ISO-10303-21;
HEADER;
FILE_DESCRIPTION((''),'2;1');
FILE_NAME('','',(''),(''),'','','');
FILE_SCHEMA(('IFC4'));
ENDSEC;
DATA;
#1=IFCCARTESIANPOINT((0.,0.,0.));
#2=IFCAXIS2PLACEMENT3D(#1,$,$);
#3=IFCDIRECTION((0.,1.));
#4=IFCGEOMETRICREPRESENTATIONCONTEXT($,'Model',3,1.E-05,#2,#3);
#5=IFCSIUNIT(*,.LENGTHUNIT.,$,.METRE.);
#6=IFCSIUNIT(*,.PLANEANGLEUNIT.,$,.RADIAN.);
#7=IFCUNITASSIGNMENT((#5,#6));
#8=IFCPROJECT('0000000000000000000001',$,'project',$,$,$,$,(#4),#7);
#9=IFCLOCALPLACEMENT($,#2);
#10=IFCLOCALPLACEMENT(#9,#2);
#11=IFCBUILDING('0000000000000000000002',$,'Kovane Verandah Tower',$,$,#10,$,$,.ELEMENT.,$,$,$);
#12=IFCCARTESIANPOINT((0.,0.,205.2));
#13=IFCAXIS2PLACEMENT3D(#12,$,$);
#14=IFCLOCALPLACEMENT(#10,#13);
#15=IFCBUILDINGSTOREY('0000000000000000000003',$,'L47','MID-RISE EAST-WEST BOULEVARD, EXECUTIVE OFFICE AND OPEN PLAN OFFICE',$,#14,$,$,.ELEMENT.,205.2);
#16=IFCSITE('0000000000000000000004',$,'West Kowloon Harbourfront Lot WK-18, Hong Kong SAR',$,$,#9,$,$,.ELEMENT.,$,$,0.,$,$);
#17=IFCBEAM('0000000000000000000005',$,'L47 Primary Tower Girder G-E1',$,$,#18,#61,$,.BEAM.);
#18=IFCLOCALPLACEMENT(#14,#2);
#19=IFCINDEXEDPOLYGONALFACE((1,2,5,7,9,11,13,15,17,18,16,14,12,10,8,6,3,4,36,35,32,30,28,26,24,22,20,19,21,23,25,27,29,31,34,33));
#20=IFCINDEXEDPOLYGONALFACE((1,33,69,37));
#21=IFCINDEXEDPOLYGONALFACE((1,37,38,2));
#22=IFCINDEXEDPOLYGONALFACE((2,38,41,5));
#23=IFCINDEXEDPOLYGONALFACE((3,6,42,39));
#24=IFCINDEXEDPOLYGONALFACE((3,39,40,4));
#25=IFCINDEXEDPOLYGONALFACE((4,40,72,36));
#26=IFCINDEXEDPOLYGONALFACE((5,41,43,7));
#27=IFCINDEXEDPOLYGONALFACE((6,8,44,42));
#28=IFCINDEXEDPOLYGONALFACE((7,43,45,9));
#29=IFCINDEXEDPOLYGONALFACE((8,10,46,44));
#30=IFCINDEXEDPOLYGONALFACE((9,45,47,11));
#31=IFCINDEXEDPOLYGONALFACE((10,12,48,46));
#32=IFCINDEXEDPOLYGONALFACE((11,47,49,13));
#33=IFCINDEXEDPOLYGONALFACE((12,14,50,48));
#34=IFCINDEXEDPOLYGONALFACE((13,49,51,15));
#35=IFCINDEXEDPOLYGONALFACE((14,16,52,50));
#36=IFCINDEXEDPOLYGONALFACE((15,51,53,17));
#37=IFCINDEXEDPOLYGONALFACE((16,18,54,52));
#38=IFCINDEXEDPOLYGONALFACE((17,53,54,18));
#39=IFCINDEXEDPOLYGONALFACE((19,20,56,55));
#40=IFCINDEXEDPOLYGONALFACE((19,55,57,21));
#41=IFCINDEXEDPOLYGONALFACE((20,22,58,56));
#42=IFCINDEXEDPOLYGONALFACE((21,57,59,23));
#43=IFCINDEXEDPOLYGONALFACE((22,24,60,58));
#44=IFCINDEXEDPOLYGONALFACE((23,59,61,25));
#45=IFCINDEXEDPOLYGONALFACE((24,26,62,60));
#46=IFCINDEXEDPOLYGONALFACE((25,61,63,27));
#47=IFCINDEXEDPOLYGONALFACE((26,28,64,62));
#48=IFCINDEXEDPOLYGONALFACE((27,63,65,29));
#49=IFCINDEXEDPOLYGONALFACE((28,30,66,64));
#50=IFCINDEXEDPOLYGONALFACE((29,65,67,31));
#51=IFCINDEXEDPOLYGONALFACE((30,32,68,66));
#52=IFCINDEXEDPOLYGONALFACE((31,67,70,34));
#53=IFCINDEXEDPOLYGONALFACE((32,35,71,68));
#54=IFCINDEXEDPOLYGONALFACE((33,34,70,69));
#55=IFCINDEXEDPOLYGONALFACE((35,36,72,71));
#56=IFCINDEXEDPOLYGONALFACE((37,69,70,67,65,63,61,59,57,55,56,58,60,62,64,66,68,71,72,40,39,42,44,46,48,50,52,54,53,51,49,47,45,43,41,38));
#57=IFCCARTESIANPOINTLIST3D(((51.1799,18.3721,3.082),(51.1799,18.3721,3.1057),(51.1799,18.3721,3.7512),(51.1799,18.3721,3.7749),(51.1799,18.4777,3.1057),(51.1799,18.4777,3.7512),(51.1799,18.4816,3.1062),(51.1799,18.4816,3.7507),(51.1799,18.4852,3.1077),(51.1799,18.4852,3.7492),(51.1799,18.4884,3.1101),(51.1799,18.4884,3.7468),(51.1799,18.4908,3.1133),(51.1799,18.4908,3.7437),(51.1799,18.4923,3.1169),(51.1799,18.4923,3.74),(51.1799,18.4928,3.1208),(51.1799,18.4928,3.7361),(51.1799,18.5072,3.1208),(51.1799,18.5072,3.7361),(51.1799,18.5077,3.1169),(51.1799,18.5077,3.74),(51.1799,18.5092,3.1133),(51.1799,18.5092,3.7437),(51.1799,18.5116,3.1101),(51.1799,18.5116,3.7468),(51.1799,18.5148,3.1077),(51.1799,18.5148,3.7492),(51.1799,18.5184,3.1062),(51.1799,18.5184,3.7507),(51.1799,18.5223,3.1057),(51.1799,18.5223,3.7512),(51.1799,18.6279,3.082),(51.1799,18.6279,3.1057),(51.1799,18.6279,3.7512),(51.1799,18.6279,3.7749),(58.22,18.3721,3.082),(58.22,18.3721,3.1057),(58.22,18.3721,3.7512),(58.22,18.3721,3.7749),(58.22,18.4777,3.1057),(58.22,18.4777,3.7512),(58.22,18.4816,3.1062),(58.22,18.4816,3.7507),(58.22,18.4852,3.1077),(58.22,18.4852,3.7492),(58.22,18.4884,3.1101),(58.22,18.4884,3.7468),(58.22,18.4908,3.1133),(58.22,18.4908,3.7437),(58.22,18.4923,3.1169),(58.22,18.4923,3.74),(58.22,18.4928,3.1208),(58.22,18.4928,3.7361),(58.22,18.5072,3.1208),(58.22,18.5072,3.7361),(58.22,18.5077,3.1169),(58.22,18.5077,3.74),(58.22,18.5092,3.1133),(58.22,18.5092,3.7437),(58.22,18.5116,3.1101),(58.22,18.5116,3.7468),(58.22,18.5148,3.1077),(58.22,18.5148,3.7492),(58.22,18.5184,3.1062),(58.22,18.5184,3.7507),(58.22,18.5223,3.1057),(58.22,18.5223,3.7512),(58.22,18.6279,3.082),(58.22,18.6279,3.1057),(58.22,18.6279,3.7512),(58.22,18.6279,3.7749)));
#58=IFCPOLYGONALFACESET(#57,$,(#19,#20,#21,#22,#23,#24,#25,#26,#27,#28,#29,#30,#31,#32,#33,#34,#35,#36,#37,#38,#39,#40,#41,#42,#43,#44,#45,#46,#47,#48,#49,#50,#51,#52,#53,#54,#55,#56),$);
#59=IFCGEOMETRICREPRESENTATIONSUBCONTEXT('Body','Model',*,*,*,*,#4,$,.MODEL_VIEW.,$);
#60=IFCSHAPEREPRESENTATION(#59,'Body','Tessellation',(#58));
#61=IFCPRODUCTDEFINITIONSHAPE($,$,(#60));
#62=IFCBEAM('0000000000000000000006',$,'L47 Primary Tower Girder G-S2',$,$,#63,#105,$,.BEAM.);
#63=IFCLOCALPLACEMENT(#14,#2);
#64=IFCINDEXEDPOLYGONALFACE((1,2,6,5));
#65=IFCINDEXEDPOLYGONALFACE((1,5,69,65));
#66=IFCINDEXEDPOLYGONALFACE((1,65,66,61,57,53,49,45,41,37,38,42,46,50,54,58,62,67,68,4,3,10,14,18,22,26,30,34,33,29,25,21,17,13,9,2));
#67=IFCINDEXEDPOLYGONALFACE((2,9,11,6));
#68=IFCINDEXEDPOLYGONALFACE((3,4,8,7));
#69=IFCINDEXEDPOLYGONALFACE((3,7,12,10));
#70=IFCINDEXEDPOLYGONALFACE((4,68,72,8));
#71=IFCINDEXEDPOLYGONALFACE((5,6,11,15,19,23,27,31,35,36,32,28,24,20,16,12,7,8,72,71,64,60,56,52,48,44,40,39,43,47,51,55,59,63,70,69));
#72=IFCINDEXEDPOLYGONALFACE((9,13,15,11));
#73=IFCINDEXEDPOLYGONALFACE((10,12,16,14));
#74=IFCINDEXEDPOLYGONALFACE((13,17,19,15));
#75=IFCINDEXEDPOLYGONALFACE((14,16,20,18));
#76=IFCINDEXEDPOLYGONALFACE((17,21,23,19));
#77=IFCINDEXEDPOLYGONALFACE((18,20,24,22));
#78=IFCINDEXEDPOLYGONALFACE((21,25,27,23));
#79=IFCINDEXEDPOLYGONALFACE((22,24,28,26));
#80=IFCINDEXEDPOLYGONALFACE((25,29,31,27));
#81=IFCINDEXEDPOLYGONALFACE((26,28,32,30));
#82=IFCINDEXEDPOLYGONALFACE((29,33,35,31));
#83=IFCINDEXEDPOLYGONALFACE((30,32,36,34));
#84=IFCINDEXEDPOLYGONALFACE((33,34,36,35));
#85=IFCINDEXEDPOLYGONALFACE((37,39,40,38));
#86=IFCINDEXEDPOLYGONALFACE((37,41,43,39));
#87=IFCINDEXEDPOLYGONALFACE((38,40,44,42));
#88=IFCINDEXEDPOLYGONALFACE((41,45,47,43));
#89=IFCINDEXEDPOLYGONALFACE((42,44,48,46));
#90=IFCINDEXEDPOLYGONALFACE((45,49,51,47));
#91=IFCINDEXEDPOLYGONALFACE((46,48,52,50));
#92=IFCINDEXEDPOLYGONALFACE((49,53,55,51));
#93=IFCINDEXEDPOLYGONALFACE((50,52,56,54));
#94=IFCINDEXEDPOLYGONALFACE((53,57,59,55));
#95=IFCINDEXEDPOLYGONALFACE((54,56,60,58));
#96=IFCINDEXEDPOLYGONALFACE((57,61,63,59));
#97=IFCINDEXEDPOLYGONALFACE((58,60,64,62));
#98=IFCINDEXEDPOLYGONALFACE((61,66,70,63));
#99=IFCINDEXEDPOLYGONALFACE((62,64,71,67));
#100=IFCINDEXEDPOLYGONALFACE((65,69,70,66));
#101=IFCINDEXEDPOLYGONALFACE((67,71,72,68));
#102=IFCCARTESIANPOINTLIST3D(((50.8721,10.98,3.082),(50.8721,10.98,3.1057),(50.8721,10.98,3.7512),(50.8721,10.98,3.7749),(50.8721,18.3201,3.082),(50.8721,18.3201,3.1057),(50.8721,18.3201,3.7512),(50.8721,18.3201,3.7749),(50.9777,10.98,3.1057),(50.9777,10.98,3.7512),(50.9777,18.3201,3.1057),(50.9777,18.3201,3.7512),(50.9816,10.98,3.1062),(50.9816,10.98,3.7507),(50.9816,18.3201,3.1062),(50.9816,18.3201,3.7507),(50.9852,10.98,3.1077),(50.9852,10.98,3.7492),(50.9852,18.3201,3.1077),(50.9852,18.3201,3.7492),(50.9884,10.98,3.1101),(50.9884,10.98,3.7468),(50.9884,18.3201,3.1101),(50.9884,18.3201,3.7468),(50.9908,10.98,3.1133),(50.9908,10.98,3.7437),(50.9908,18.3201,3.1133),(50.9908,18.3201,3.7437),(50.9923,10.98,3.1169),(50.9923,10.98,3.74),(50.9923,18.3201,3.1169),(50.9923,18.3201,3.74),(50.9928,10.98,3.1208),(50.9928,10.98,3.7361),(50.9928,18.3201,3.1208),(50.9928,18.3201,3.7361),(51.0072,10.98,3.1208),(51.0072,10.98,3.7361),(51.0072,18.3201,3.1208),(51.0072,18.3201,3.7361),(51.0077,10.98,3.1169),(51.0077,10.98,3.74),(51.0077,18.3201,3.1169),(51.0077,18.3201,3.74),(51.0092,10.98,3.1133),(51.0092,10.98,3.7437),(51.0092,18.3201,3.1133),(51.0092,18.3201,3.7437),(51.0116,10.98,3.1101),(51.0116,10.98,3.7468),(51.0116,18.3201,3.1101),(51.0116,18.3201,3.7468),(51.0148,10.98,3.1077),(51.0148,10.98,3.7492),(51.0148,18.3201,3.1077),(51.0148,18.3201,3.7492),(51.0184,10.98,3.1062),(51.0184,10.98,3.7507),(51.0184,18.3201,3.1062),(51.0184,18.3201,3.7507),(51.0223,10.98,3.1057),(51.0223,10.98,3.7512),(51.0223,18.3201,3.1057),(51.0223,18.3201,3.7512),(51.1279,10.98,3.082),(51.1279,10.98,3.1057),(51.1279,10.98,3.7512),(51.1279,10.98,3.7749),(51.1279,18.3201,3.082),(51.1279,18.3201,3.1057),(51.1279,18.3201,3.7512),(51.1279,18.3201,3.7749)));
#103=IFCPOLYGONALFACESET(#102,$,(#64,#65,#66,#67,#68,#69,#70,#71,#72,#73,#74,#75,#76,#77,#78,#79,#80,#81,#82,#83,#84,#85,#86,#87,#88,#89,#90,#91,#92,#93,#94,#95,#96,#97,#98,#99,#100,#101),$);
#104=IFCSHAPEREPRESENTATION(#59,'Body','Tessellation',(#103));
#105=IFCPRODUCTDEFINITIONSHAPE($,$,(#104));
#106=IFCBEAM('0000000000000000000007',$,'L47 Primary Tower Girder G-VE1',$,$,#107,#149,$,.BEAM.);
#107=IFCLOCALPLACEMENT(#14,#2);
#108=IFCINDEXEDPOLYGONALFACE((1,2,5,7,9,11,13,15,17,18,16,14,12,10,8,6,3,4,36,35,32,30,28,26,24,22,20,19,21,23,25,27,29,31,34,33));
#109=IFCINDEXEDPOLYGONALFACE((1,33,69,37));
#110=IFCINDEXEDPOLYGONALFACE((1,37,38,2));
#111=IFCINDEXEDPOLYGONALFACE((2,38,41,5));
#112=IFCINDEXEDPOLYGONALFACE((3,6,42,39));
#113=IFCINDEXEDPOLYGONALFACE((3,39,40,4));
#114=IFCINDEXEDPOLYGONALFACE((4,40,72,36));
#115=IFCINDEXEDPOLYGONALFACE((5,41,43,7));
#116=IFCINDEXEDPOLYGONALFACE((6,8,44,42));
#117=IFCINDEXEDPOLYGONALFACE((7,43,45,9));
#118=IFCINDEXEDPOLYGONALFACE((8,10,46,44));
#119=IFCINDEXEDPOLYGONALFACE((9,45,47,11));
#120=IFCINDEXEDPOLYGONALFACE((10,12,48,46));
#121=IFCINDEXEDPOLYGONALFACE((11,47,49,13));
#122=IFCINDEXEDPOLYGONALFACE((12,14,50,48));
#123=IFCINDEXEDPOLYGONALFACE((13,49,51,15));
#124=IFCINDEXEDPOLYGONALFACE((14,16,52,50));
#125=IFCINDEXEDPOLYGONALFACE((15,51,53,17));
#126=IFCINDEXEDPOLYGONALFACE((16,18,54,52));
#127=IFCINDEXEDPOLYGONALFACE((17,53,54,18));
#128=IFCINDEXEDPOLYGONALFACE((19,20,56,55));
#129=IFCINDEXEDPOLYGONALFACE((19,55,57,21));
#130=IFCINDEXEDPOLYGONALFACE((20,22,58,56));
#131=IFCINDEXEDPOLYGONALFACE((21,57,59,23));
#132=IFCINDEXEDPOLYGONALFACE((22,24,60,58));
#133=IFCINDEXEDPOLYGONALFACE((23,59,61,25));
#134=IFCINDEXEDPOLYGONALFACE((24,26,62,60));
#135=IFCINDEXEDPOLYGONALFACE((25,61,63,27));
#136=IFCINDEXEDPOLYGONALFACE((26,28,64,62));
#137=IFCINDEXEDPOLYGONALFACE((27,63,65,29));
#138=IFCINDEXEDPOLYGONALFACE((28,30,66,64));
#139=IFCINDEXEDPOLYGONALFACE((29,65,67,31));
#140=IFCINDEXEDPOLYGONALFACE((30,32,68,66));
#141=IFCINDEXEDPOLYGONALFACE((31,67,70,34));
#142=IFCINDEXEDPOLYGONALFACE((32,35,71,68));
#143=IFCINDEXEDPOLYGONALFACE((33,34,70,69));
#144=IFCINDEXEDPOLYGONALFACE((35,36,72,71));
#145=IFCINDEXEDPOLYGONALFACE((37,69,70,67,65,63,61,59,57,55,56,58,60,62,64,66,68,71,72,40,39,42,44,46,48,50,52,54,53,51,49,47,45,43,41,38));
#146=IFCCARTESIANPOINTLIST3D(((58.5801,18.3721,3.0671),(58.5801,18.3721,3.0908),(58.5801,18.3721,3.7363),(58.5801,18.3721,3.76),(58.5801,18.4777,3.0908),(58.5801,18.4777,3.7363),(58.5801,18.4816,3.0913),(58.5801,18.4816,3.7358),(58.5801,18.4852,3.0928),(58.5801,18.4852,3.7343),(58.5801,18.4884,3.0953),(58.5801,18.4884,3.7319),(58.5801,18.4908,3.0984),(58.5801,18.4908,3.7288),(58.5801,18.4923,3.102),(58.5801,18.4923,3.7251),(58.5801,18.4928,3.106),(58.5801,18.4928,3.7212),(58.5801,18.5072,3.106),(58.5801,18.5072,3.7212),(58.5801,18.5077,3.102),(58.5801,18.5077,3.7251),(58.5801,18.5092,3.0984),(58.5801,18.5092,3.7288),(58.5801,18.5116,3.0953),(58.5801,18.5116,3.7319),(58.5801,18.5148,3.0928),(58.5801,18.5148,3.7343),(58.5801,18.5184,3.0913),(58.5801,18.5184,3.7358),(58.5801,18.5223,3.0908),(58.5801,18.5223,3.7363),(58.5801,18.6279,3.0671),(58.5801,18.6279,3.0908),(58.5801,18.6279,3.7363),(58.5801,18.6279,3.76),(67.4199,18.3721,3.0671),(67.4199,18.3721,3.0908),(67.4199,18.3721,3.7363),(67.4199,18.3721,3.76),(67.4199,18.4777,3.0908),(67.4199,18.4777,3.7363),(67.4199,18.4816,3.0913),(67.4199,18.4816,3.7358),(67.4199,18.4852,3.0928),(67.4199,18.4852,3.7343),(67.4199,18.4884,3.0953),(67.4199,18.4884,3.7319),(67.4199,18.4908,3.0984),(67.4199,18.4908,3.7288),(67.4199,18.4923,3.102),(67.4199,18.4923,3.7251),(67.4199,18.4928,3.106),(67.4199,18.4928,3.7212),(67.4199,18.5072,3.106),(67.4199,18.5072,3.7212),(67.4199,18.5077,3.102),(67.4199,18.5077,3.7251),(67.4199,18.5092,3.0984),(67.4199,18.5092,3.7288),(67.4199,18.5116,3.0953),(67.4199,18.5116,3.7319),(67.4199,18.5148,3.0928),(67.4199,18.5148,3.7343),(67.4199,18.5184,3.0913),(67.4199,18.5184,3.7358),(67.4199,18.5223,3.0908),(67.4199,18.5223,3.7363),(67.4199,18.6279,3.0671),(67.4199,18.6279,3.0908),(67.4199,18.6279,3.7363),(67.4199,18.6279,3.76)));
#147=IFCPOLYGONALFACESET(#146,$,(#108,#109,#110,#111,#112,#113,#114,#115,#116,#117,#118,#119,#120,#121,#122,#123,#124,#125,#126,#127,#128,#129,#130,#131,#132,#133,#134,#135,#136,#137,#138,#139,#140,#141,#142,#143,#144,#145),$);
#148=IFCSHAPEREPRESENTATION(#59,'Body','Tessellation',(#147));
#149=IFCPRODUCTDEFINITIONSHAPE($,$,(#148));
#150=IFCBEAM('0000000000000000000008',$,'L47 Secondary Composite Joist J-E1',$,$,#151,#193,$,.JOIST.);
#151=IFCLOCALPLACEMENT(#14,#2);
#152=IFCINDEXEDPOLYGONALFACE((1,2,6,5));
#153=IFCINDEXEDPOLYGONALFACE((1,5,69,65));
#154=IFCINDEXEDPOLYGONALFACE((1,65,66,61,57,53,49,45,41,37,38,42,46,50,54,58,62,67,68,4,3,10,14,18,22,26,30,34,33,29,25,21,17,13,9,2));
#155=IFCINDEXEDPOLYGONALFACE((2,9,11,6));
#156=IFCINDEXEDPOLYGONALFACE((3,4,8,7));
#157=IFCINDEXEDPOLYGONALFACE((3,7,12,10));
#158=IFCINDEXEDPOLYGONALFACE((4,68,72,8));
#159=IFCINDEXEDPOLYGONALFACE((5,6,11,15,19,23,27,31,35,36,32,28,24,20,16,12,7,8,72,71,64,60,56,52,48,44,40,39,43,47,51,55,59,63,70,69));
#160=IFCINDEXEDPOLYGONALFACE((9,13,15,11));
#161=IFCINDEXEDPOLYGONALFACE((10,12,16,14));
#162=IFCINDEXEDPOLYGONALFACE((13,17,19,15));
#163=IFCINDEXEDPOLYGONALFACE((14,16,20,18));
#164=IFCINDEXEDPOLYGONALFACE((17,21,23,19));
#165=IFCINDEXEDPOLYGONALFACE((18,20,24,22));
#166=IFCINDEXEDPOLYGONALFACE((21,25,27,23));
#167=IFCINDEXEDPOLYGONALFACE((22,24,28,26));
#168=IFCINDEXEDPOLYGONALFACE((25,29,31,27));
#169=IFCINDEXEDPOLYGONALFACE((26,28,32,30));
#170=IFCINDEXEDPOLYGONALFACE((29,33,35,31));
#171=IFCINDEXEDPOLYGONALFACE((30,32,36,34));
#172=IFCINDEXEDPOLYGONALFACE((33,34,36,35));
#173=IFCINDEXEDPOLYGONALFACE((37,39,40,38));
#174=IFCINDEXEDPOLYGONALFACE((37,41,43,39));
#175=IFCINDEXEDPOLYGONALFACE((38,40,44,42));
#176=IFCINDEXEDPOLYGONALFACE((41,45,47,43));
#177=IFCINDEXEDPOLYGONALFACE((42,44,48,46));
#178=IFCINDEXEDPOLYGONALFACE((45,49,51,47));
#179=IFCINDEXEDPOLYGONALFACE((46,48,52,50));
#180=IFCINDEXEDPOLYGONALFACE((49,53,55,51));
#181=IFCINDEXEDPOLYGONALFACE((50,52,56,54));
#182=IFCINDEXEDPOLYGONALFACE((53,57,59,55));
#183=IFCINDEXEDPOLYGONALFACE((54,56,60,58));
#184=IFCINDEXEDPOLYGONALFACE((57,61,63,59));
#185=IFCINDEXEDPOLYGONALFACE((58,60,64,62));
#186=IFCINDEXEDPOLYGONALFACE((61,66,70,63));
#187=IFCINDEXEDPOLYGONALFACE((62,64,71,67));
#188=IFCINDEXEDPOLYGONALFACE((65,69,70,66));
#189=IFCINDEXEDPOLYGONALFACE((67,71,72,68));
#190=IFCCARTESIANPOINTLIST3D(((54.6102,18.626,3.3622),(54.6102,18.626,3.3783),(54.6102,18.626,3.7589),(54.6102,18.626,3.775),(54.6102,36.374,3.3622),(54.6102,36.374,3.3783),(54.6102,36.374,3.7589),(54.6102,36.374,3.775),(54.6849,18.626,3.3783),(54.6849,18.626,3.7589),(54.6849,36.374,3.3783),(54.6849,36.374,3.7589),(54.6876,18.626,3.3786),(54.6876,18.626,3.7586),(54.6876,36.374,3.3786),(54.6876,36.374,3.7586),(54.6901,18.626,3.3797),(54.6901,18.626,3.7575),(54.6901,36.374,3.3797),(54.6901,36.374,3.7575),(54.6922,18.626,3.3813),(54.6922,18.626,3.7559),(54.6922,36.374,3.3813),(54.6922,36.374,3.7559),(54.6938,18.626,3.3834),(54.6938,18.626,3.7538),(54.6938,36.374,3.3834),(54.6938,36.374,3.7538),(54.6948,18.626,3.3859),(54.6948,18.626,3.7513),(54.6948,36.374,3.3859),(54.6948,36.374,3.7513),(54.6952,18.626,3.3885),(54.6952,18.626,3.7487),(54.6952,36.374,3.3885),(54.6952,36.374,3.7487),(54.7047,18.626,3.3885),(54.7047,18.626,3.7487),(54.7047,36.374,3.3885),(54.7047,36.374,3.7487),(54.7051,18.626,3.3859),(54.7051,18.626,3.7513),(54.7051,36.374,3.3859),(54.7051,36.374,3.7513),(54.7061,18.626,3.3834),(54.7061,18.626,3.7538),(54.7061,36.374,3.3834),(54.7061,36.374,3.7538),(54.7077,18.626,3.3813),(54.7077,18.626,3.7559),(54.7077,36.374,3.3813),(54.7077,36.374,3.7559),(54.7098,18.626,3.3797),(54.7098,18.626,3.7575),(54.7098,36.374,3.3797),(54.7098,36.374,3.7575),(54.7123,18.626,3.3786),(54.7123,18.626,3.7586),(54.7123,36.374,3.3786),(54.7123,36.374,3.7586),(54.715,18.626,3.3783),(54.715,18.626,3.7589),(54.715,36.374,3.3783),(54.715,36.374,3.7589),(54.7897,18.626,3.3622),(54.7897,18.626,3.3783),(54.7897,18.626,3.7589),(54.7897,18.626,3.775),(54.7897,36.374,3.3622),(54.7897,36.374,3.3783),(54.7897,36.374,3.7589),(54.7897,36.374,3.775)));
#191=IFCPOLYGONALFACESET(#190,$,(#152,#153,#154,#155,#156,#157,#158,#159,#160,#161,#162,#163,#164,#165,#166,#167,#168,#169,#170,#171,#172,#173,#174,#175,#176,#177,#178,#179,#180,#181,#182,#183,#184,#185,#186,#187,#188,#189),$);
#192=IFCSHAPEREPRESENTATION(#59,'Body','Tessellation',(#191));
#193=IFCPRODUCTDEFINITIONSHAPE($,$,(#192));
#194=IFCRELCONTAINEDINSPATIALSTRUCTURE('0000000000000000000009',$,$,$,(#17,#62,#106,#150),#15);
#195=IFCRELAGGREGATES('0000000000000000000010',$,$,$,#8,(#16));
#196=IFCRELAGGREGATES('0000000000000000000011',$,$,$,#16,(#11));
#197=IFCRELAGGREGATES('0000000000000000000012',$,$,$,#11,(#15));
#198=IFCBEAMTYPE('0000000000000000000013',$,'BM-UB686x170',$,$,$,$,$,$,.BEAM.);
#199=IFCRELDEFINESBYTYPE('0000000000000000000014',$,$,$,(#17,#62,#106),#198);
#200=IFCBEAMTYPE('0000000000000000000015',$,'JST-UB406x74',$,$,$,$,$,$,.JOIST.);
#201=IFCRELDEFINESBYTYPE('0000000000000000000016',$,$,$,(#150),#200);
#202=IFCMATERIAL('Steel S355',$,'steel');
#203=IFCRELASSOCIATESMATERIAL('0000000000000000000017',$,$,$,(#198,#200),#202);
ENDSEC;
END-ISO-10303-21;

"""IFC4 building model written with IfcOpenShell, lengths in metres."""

from ifc_helpers import new_model, si_unit, direction, frame, origin, origin_2d, place, context, subcontext, project, spatial, i_section, extrude, material, material_profile, profile_set, type_object, element, save


model = new_model("IFC4")

# Units and contexts
model_context = context("Model", 3, precision=1e-05, world=origin(), true_north=direction((0.0, 1.0)))
body_context = subcontext(model_context, "Body", "Model", "MODEL_VIEW")
ifc_project = project(units=[si_unit("LENGTHUNIT", "METRE"), si_unit("PLANEANGLEUNIT", "RADIAN")], contexts=[model_context])

# Site, building, storey
site_placement = place(None, origin())
site = spatial("IfcSite", under=ifc_project, at=site_placement, Name="West Kowloon Harbourfront Lot WK-18, Hong Kong SAR", CompositionType="ELEMENT", RefElevation=0.0)
building_placement = place(site_placement, origin())
building = spatial("IfcBuilding", under=site, at=building_placement, Name="Kovane Verandah Tower", CompositionType="ELEMENT")
storey_placement = place(building_placement, frame((0.0, 0.0, 205.2)))
storey = spatial("IfcBuildingStorey", under=building, at=storey_placement, Name="L47", Description="MID-RISE EAST-WEST BOULEVARD, EXECUTIVE OFFICE AND OPEN PLAN OFFICE", CompositionType="ELEMENT", Elevation=205.2)

# Beams
ifc_material_1 = material(Name="Steel S355", Category="steel")
ifc_material_profile_1 = material_profile(ifc_material_1, i_section(OverallWidth=0.2559, OverallDepth=0.6929, WebThickness=0.0144, FlangeThickness=0.0237, FilletRadius=0.0151, at=origin_2d()), Name="UB686x254x170")
ifc_profile_set_1 = profile_set([ifc_material_profile_1], Name="Steel S355")
beam_type_1 = type_object("IfcBeamType", Name="BM-UB686x170", PredefinedType="BEAM", material=ifc_profile_set_1)
beam_1_placement = place(storey_placement, frame((51.1799, 18.5, 3.4285), z_axis=(1.0, 0.0, 0.0), x_axis=(0.0, 1.0, 0.0)))
element("IfcBeam", 1, at=beam_1_placement, inside=storey, type_object=beam_type_1, Name="L47 Primary Tower Girder G-E1", PredefinedType="BEAM", context=body_context, shape_type="SweptSolid", body=[
    extrude(i_section(OverallWidth=0.2559, OverallDepth=0.6929, WebThickness=0.0144, FlangeThickness=0.0237, FilletRadius=0.0151, at=origin_2d()), origin(), (0.0, 0.0, 1.0), 7.04),
])
beam_2_placement = place(storey_placement, frame((51.0, 18.3201, 3.4285), z_axis=(0.0, -1.0, 0.0), x_axis=(1.0, 0.0, 0.0)))
element("IfcBeam", 2, at=beam_2_placement, inside=storey, type_object=beam_type_1, Name="L47 Primary Tower Girder G-S2", PredefinedType="BEAM", context=body_context, shape_type="SweptSolid", body=[
    extrude(i_section(OverallWidth=0.2559, OverallDepth=0.6929, WebThickness=0.0144, FlangeThickness=0.0237, FilletRadius=0.0151, at=origin_2d()), origin(), (0.0, 0.0, 1.0), 7.3401),
])
beam_3_placement = place(storey_placement, frame((58.5801, 18.5, 3.4136), z_axis=(1.0, 0.0, 0.0), x_axis=(0.0, 1.0, 0.0)))
element("IfcBeam", 3, at=beam_3_placement, inside=storey, type_object=beam_type_1, Name="L47 Primary Tower Girder G-VE1", PredefinedType="BEAM", context=body_context, shape_type="SweptSolid", body=[
    extrude(i_section(OverallWidth=0.2559, OverallDepth=0.6929, WebThickness=0.0144, FlangeThickness=0.0237, FilletRadius=0.0151, at=origin_2d()), origin(), (0.0, 0.0, 1.0), 8.8398),
])
ifc_material_profile_2 = material_profile(ifc_material_1, i_section(OverallWidth=0.1794, OverallDepth=0.4128, WebThickness=0.0095, FlangeThickness=0.0161, FilletRadius=0.0103, at=origin_2d()), Name="UB406x178x74")
ifc_profile_set_2 = profile_set([ifc_material_profile_2], Name="Steel S355")
beam_type_2 = type_object("IfcBeamType", Name="JST-UB406x74", PredefinedType="JOIST", material=ifc_profile_set_2)
beam_4_placement = place(storey_placement, frame((54.7, 18.626, 3.5686), z_axis=(0.0, 1.0, 0.0), x_axis=(-1.0, 0.0, 0.0)))
element("IfcBeam", 4, at=beam_4_placement, inside=storey, type_object=beam_type_2, Name="L47 Secondary Composite Joist J-E1", PredefinedType="JOIST", context=body_context, shape_type="SweptSolid", body=[
    extrude(i_section(OverallWidth=0.1794, OverallDepth=0.4128, WebThickness=0.0095, FlangeThickness=0.0161, FilletRadius=0.0103, at=origin_2d()), origin(), (0.0, 0.0, 1.0), 17.748),
])

save(model, "model.ifc")
